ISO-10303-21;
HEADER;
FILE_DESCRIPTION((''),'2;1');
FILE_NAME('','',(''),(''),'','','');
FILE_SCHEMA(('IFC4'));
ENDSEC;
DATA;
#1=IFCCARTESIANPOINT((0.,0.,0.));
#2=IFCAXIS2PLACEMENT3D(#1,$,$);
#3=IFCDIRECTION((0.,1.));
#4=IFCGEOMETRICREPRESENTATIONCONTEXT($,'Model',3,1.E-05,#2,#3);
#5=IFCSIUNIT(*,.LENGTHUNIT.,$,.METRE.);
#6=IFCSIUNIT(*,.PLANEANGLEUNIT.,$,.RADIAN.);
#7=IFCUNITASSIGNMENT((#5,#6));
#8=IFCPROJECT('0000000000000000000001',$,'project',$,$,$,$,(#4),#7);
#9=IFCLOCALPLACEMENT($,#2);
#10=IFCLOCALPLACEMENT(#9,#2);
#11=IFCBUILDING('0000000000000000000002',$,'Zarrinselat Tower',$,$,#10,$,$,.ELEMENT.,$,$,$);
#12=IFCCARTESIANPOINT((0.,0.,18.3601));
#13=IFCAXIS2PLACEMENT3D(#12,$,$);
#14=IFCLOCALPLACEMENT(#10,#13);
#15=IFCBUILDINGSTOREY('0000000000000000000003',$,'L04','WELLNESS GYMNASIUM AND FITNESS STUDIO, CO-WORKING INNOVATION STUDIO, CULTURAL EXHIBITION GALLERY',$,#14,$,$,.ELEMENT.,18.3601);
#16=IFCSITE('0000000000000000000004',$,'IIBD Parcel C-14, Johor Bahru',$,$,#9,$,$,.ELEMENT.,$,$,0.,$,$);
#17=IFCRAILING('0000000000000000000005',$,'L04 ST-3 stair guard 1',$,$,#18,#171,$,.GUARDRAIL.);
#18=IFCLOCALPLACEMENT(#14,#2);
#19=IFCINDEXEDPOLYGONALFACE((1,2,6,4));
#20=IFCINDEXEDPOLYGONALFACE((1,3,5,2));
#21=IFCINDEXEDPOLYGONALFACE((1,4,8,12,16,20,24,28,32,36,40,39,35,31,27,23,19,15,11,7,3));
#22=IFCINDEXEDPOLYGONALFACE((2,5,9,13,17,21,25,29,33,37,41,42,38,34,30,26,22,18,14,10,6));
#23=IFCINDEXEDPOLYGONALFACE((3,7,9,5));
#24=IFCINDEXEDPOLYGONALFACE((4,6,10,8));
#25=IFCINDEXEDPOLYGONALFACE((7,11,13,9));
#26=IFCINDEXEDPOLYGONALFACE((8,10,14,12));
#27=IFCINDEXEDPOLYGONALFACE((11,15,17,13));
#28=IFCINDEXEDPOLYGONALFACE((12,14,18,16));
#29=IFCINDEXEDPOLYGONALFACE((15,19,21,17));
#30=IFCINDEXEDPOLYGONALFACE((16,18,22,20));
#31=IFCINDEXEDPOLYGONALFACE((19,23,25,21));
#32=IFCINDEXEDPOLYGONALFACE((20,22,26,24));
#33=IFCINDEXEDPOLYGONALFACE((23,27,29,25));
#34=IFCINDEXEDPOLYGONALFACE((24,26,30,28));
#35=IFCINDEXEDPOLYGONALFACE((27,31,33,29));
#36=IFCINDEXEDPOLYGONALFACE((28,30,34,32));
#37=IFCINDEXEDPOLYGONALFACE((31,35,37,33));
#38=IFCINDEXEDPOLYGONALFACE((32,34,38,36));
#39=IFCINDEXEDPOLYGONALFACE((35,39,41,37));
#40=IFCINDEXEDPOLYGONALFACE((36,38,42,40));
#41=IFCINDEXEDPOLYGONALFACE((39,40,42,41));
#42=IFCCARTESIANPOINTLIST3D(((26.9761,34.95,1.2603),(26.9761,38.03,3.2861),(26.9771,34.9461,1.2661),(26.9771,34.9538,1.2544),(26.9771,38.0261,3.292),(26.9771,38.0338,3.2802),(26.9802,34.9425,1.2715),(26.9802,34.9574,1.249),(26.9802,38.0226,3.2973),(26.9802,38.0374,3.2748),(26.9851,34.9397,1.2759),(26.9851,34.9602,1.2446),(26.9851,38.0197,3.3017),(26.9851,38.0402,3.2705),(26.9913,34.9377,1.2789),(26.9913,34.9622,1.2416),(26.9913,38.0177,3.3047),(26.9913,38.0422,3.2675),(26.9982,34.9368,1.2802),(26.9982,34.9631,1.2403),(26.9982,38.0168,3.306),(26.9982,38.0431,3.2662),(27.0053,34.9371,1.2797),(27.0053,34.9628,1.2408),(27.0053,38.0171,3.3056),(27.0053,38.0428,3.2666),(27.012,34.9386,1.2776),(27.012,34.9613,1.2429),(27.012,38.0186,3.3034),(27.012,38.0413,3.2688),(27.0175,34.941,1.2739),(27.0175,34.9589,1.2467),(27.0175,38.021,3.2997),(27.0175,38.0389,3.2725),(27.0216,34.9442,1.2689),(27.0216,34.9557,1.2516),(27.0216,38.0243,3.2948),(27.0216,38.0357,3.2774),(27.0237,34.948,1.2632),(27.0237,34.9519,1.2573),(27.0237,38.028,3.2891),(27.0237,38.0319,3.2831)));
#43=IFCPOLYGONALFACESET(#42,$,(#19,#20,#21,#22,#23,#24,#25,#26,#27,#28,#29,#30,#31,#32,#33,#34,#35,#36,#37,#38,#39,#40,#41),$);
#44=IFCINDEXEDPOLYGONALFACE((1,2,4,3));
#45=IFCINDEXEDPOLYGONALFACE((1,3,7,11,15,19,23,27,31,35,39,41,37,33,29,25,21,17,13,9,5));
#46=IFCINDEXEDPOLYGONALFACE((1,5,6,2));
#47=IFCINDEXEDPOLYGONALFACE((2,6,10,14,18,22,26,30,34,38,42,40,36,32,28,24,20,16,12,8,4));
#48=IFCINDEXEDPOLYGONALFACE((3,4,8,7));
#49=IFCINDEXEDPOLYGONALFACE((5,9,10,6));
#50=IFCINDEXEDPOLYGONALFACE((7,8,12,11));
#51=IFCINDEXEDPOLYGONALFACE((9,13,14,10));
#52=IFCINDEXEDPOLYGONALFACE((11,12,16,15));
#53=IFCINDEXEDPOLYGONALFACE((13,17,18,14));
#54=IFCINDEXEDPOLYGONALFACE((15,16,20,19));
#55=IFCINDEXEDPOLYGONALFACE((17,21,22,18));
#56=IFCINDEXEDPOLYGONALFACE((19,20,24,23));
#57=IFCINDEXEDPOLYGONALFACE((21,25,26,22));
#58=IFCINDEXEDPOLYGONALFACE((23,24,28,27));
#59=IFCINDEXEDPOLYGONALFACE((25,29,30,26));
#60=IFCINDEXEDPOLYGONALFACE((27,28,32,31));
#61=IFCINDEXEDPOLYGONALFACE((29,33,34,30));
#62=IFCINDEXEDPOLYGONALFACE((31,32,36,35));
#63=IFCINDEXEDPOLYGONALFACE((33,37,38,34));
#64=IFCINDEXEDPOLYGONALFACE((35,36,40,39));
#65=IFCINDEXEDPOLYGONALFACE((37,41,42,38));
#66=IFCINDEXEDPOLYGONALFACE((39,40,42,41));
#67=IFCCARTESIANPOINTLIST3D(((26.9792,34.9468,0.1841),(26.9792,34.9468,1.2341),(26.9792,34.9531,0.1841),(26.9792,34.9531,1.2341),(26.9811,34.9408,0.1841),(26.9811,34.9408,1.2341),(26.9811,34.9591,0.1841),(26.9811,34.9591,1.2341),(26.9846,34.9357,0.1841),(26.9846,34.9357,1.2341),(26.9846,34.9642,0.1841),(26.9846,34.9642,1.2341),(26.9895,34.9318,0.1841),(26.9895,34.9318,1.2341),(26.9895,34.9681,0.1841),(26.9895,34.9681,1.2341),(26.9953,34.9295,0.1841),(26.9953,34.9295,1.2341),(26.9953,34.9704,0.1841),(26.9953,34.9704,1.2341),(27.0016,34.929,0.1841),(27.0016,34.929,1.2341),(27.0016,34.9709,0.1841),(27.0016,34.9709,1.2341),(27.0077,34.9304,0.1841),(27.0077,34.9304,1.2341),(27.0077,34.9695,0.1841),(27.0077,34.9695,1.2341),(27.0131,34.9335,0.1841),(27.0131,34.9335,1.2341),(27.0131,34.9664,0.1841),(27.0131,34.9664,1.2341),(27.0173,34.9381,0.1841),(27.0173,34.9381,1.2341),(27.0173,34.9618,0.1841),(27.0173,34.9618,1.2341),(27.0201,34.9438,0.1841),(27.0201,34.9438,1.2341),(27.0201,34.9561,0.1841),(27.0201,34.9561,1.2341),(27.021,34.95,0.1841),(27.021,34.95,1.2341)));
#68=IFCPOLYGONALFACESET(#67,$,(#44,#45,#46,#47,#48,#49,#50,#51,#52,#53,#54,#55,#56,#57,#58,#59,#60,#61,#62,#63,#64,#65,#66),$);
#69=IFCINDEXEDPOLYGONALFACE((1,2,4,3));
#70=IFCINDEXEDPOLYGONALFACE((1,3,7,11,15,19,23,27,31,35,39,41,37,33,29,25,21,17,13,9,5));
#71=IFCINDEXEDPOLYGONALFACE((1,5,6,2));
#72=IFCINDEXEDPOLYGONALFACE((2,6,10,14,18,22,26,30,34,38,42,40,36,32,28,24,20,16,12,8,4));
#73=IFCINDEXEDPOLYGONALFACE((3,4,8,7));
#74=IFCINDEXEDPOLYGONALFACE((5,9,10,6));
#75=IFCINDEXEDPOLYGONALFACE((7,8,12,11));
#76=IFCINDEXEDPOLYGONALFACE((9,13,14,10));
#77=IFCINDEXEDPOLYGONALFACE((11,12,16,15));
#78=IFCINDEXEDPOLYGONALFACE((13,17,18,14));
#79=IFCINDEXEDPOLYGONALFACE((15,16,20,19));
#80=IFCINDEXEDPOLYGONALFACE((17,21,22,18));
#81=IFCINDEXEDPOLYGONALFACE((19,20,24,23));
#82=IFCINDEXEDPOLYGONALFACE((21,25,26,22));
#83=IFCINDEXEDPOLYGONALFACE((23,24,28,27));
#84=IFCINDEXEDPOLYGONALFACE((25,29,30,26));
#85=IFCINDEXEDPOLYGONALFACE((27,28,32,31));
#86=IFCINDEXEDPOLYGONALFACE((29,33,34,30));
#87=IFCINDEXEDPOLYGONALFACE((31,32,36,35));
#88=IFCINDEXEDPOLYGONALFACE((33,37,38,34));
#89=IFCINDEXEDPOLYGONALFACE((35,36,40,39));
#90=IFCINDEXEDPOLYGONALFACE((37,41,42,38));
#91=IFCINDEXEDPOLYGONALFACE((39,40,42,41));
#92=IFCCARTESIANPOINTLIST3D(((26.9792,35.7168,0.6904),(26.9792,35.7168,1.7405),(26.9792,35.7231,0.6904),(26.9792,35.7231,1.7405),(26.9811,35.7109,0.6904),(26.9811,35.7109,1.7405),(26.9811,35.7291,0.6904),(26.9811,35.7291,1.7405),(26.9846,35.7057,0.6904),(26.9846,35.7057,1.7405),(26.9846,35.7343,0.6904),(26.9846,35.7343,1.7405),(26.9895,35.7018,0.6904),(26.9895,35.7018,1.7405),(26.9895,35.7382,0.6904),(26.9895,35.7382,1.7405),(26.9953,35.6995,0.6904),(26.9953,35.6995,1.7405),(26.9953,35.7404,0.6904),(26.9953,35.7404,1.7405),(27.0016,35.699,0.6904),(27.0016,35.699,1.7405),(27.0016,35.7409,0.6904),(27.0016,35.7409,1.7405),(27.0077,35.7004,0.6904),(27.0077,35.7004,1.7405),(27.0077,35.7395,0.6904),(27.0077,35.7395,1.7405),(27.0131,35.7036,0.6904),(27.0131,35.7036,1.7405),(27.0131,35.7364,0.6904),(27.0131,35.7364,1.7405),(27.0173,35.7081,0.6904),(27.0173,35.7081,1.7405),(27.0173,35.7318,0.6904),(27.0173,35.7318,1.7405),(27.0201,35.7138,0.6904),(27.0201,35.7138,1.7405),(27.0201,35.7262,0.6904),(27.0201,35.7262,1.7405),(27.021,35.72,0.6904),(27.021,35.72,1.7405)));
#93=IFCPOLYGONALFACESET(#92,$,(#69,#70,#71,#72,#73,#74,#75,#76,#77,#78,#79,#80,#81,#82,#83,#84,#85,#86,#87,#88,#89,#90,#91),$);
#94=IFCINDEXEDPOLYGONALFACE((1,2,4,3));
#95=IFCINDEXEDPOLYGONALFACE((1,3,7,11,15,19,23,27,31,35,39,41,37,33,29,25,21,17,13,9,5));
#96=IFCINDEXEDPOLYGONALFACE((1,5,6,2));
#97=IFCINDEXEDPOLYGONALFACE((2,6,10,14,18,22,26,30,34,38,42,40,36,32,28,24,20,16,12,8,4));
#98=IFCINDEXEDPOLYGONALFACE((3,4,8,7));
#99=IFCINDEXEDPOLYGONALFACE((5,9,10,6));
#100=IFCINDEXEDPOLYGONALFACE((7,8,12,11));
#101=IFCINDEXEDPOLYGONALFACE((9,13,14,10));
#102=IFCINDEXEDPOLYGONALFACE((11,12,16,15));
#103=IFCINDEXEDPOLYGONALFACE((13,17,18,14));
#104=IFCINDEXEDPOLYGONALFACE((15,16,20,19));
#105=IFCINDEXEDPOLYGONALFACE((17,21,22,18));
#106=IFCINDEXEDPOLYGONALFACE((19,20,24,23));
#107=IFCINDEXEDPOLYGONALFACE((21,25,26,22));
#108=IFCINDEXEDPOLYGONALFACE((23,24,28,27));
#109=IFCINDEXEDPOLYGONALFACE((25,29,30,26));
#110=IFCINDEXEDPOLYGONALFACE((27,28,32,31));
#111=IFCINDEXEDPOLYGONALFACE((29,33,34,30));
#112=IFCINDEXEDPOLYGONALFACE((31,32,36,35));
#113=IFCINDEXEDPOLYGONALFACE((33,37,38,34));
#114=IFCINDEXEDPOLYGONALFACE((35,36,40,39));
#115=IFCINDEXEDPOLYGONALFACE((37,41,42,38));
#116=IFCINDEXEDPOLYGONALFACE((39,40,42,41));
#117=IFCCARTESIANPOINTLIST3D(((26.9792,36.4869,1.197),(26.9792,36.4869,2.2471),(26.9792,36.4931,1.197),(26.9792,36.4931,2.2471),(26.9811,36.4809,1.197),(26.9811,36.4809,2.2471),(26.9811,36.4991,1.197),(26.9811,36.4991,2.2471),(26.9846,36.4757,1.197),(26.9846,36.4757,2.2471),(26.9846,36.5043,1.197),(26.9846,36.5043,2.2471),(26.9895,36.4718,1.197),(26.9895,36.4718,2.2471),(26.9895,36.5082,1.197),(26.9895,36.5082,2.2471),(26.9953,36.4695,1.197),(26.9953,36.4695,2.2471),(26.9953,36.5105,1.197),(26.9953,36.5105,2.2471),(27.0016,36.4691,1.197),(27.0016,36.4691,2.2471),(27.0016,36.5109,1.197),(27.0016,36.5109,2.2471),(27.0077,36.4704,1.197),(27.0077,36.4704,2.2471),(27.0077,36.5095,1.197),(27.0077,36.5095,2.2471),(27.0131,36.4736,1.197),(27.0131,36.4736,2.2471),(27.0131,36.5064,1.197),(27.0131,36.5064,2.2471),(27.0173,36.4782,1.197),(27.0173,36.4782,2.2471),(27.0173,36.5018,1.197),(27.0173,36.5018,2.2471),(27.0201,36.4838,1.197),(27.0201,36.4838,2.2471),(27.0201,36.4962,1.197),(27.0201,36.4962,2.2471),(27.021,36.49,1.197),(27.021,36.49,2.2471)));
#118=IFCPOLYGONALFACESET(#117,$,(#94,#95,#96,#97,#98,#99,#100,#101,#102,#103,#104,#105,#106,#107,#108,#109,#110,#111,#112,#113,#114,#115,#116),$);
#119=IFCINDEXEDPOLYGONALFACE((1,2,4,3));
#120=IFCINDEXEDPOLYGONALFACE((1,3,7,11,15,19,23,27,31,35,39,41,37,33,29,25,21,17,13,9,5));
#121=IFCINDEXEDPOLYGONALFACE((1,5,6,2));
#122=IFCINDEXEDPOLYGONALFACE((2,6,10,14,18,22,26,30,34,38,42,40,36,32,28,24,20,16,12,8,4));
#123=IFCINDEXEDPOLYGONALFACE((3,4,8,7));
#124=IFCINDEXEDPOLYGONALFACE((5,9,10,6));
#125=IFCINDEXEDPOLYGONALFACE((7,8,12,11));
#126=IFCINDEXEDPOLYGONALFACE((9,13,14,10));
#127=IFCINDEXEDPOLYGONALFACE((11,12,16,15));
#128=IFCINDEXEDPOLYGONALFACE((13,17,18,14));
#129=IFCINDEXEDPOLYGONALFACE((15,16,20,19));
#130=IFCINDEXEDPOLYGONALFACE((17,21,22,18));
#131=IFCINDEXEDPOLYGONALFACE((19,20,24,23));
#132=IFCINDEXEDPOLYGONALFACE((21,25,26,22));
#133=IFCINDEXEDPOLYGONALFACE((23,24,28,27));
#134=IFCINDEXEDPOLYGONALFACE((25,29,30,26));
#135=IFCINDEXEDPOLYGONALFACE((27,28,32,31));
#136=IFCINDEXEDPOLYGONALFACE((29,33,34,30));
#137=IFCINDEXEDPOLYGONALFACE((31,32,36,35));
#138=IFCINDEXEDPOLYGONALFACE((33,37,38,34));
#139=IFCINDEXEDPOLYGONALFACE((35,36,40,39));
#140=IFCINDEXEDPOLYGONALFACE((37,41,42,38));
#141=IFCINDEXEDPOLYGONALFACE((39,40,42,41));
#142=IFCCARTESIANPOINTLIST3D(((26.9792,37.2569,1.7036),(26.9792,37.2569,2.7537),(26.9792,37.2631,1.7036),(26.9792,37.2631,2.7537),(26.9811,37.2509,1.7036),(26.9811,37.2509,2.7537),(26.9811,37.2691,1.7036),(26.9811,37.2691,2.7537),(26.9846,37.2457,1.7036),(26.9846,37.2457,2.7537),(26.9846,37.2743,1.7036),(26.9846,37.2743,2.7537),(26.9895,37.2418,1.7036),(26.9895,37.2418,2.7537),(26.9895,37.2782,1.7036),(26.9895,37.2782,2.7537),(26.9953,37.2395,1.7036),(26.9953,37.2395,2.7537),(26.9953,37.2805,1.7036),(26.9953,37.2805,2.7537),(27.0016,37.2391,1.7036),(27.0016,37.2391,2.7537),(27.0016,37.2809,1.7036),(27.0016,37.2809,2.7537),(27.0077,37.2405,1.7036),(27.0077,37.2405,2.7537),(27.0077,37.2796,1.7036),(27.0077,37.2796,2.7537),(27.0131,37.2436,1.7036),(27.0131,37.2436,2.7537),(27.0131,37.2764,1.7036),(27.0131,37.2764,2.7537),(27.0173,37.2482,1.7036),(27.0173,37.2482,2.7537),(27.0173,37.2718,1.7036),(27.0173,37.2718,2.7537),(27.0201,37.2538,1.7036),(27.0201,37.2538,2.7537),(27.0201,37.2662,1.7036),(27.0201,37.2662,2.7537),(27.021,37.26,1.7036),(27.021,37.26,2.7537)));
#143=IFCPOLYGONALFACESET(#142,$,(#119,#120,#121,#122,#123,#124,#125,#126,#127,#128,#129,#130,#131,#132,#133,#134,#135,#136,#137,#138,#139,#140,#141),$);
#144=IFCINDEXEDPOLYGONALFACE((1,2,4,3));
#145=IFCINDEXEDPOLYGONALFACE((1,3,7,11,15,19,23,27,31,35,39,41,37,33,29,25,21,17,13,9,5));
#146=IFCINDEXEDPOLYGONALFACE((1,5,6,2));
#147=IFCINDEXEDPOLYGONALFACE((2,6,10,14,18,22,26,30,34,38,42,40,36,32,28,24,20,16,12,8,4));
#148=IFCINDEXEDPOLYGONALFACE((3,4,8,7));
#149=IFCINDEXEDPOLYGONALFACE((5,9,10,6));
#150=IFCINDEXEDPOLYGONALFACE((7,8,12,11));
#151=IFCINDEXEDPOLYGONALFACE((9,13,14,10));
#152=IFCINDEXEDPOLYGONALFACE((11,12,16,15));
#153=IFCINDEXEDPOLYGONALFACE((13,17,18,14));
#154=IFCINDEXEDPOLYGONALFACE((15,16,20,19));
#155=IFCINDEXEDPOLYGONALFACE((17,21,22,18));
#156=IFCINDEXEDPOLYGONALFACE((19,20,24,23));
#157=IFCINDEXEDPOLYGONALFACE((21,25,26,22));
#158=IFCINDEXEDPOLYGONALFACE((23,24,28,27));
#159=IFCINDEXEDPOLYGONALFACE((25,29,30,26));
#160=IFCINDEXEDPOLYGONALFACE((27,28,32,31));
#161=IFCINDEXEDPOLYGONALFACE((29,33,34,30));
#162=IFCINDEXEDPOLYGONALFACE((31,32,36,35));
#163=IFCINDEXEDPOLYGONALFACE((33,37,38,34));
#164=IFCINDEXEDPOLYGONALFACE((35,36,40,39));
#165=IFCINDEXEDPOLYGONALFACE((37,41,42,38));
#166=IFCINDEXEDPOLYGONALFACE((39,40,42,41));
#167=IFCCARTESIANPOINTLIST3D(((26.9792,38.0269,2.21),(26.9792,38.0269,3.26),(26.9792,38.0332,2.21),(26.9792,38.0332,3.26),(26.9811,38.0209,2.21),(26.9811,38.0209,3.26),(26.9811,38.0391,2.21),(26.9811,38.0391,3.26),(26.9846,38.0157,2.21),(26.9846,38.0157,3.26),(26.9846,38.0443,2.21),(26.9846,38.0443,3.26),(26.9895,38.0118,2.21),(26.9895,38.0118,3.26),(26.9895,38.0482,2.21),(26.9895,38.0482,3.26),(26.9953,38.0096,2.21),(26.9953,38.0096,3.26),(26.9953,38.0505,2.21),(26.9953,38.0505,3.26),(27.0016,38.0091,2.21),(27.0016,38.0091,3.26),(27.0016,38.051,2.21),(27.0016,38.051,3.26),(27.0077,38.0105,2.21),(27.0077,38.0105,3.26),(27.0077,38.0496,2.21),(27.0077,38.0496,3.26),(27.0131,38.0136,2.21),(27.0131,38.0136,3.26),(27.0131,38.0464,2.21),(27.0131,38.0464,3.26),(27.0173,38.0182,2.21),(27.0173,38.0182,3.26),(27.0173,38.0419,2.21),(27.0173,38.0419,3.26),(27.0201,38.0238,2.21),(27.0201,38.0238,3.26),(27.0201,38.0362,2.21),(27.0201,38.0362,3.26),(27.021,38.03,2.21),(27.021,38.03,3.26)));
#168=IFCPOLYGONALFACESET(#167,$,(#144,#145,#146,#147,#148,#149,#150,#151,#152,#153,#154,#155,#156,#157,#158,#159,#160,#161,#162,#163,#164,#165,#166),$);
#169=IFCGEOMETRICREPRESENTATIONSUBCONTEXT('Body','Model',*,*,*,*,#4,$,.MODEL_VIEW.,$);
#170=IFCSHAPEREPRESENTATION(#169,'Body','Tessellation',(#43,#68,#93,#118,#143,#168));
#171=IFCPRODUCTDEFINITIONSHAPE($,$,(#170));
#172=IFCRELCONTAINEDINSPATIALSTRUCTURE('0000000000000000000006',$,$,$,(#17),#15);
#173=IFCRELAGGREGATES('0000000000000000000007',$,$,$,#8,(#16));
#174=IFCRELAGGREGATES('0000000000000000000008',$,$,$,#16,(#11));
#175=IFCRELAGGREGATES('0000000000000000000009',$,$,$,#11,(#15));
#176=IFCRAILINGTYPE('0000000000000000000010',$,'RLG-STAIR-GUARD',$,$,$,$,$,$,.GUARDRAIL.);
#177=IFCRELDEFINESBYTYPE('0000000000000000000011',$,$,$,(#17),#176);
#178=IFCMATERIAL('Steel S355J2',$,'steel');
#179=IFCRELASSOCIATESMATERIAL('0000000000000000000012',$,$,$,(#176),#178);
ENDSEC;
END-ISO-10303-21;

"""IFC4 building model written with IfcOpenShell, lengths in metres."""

from ifc_helpers import new_model, si_unit, direction, frame, origin, origin_2d, place, context, subcontext, project, spatial, circle, extrude, material, type_object, element, save


model = new_model("IFC4")

# Units and contexts
model_context = context("Model", 3, precision=1e-05, world=origin(), true_north=direction((0.0, 1.0)))
body_context = subcontext(model_context, "Body", "Model", "MODEL_VIEW")
ifc_project = project(units=[si_unit("LENGTHUNIT", "METRE"), si_unit("PLANEANGLEUNIT", "RADIAN")], contexts=[model_context])

# Site, building, storey
site_placement = place(None, origin())
site = spatial("IfcSite", under=ifc_project, at=site_placement, Name="IIBD Parcel C-14, Johor Bahru", CompositionType="ELEMENT", RefElevation=0.0)
building_placement = place(site_placement, origin())
building = spatial("IfcBuilding", under=site, at=building_placement, Name="Zarrinselat Tower", CompositionType="ELEMENT")
storey_placement = place(building_placement, frame((0.0, 0.0, 18.3601)))
storey = spatial("IfcBuildingStorey", under=building, at=storey_placement, Name="L04", Description="WELLNESS GYMNASIUM AND FITNESS STUDIO, CO-WORKING INNOVATION STUDIO, CULTURAL EXHIBITION GALLERY", CompositionType="ELEMENT", Elevation=18.3601)

# Railing
ifc_material_1 = material(Name="Steel S355J2", Category="steel")
railing_type_1 = type_object("IfcRailingType", Name="RLG-STAIR-GUARD", PredefinedType="GUARDRAIL", material=ifc_material_1)
railing_1_placement = place(storey_placement, frame((27.0, 34.95, 0.1841)))
element("IfcRailing", 1, at=railing_1_placement, inside=storey, type_object=railing_type_1, Name="L04 ST-3 stair guard 1", PredefinedType="GUARDRAIL", context=body_context, shape_type="SweptSolid", body=[
    extrude(circle(Radius=0.0239, at=origin_2d()), frame((0.0, 0.0, 1.0762), z_axis=(0.0, 0.835478, 0.549524), x_axis=(-1.0, 0.0, 0.0)), (0.0, 0.0, 1.0), 3.6865),
    extrude(circle(Radius=0.021, at=origin_2d()), origin(), (0.0, 0.0, 1.0), 1.05),
    extrude(circle(Radius=0.021, at=origin_2d()), frame((0.0, 0.77, 0.5063)), (0.0, 0.0, 1.0), 1.05),
    extrude(circle(Radius=0.021, at=origin_2d()), frame((0.0, 1.54, 1.0129)), (0.0, 0.0, 1.0), 1.05),
    extrude(circle(Radius=0.021, at=origin_2d()), frame((0.0, 2.3101, 1.5195)), (0.0, 0.0, 1.0), 1.05),
    extrude(circle(Radius=0.021, at=origin_2d()), frame((0.0, 3.0801, 2.0259)), (0.0, 0.0, 1.0), 1.05),
])

save(model, "model.ifc")
